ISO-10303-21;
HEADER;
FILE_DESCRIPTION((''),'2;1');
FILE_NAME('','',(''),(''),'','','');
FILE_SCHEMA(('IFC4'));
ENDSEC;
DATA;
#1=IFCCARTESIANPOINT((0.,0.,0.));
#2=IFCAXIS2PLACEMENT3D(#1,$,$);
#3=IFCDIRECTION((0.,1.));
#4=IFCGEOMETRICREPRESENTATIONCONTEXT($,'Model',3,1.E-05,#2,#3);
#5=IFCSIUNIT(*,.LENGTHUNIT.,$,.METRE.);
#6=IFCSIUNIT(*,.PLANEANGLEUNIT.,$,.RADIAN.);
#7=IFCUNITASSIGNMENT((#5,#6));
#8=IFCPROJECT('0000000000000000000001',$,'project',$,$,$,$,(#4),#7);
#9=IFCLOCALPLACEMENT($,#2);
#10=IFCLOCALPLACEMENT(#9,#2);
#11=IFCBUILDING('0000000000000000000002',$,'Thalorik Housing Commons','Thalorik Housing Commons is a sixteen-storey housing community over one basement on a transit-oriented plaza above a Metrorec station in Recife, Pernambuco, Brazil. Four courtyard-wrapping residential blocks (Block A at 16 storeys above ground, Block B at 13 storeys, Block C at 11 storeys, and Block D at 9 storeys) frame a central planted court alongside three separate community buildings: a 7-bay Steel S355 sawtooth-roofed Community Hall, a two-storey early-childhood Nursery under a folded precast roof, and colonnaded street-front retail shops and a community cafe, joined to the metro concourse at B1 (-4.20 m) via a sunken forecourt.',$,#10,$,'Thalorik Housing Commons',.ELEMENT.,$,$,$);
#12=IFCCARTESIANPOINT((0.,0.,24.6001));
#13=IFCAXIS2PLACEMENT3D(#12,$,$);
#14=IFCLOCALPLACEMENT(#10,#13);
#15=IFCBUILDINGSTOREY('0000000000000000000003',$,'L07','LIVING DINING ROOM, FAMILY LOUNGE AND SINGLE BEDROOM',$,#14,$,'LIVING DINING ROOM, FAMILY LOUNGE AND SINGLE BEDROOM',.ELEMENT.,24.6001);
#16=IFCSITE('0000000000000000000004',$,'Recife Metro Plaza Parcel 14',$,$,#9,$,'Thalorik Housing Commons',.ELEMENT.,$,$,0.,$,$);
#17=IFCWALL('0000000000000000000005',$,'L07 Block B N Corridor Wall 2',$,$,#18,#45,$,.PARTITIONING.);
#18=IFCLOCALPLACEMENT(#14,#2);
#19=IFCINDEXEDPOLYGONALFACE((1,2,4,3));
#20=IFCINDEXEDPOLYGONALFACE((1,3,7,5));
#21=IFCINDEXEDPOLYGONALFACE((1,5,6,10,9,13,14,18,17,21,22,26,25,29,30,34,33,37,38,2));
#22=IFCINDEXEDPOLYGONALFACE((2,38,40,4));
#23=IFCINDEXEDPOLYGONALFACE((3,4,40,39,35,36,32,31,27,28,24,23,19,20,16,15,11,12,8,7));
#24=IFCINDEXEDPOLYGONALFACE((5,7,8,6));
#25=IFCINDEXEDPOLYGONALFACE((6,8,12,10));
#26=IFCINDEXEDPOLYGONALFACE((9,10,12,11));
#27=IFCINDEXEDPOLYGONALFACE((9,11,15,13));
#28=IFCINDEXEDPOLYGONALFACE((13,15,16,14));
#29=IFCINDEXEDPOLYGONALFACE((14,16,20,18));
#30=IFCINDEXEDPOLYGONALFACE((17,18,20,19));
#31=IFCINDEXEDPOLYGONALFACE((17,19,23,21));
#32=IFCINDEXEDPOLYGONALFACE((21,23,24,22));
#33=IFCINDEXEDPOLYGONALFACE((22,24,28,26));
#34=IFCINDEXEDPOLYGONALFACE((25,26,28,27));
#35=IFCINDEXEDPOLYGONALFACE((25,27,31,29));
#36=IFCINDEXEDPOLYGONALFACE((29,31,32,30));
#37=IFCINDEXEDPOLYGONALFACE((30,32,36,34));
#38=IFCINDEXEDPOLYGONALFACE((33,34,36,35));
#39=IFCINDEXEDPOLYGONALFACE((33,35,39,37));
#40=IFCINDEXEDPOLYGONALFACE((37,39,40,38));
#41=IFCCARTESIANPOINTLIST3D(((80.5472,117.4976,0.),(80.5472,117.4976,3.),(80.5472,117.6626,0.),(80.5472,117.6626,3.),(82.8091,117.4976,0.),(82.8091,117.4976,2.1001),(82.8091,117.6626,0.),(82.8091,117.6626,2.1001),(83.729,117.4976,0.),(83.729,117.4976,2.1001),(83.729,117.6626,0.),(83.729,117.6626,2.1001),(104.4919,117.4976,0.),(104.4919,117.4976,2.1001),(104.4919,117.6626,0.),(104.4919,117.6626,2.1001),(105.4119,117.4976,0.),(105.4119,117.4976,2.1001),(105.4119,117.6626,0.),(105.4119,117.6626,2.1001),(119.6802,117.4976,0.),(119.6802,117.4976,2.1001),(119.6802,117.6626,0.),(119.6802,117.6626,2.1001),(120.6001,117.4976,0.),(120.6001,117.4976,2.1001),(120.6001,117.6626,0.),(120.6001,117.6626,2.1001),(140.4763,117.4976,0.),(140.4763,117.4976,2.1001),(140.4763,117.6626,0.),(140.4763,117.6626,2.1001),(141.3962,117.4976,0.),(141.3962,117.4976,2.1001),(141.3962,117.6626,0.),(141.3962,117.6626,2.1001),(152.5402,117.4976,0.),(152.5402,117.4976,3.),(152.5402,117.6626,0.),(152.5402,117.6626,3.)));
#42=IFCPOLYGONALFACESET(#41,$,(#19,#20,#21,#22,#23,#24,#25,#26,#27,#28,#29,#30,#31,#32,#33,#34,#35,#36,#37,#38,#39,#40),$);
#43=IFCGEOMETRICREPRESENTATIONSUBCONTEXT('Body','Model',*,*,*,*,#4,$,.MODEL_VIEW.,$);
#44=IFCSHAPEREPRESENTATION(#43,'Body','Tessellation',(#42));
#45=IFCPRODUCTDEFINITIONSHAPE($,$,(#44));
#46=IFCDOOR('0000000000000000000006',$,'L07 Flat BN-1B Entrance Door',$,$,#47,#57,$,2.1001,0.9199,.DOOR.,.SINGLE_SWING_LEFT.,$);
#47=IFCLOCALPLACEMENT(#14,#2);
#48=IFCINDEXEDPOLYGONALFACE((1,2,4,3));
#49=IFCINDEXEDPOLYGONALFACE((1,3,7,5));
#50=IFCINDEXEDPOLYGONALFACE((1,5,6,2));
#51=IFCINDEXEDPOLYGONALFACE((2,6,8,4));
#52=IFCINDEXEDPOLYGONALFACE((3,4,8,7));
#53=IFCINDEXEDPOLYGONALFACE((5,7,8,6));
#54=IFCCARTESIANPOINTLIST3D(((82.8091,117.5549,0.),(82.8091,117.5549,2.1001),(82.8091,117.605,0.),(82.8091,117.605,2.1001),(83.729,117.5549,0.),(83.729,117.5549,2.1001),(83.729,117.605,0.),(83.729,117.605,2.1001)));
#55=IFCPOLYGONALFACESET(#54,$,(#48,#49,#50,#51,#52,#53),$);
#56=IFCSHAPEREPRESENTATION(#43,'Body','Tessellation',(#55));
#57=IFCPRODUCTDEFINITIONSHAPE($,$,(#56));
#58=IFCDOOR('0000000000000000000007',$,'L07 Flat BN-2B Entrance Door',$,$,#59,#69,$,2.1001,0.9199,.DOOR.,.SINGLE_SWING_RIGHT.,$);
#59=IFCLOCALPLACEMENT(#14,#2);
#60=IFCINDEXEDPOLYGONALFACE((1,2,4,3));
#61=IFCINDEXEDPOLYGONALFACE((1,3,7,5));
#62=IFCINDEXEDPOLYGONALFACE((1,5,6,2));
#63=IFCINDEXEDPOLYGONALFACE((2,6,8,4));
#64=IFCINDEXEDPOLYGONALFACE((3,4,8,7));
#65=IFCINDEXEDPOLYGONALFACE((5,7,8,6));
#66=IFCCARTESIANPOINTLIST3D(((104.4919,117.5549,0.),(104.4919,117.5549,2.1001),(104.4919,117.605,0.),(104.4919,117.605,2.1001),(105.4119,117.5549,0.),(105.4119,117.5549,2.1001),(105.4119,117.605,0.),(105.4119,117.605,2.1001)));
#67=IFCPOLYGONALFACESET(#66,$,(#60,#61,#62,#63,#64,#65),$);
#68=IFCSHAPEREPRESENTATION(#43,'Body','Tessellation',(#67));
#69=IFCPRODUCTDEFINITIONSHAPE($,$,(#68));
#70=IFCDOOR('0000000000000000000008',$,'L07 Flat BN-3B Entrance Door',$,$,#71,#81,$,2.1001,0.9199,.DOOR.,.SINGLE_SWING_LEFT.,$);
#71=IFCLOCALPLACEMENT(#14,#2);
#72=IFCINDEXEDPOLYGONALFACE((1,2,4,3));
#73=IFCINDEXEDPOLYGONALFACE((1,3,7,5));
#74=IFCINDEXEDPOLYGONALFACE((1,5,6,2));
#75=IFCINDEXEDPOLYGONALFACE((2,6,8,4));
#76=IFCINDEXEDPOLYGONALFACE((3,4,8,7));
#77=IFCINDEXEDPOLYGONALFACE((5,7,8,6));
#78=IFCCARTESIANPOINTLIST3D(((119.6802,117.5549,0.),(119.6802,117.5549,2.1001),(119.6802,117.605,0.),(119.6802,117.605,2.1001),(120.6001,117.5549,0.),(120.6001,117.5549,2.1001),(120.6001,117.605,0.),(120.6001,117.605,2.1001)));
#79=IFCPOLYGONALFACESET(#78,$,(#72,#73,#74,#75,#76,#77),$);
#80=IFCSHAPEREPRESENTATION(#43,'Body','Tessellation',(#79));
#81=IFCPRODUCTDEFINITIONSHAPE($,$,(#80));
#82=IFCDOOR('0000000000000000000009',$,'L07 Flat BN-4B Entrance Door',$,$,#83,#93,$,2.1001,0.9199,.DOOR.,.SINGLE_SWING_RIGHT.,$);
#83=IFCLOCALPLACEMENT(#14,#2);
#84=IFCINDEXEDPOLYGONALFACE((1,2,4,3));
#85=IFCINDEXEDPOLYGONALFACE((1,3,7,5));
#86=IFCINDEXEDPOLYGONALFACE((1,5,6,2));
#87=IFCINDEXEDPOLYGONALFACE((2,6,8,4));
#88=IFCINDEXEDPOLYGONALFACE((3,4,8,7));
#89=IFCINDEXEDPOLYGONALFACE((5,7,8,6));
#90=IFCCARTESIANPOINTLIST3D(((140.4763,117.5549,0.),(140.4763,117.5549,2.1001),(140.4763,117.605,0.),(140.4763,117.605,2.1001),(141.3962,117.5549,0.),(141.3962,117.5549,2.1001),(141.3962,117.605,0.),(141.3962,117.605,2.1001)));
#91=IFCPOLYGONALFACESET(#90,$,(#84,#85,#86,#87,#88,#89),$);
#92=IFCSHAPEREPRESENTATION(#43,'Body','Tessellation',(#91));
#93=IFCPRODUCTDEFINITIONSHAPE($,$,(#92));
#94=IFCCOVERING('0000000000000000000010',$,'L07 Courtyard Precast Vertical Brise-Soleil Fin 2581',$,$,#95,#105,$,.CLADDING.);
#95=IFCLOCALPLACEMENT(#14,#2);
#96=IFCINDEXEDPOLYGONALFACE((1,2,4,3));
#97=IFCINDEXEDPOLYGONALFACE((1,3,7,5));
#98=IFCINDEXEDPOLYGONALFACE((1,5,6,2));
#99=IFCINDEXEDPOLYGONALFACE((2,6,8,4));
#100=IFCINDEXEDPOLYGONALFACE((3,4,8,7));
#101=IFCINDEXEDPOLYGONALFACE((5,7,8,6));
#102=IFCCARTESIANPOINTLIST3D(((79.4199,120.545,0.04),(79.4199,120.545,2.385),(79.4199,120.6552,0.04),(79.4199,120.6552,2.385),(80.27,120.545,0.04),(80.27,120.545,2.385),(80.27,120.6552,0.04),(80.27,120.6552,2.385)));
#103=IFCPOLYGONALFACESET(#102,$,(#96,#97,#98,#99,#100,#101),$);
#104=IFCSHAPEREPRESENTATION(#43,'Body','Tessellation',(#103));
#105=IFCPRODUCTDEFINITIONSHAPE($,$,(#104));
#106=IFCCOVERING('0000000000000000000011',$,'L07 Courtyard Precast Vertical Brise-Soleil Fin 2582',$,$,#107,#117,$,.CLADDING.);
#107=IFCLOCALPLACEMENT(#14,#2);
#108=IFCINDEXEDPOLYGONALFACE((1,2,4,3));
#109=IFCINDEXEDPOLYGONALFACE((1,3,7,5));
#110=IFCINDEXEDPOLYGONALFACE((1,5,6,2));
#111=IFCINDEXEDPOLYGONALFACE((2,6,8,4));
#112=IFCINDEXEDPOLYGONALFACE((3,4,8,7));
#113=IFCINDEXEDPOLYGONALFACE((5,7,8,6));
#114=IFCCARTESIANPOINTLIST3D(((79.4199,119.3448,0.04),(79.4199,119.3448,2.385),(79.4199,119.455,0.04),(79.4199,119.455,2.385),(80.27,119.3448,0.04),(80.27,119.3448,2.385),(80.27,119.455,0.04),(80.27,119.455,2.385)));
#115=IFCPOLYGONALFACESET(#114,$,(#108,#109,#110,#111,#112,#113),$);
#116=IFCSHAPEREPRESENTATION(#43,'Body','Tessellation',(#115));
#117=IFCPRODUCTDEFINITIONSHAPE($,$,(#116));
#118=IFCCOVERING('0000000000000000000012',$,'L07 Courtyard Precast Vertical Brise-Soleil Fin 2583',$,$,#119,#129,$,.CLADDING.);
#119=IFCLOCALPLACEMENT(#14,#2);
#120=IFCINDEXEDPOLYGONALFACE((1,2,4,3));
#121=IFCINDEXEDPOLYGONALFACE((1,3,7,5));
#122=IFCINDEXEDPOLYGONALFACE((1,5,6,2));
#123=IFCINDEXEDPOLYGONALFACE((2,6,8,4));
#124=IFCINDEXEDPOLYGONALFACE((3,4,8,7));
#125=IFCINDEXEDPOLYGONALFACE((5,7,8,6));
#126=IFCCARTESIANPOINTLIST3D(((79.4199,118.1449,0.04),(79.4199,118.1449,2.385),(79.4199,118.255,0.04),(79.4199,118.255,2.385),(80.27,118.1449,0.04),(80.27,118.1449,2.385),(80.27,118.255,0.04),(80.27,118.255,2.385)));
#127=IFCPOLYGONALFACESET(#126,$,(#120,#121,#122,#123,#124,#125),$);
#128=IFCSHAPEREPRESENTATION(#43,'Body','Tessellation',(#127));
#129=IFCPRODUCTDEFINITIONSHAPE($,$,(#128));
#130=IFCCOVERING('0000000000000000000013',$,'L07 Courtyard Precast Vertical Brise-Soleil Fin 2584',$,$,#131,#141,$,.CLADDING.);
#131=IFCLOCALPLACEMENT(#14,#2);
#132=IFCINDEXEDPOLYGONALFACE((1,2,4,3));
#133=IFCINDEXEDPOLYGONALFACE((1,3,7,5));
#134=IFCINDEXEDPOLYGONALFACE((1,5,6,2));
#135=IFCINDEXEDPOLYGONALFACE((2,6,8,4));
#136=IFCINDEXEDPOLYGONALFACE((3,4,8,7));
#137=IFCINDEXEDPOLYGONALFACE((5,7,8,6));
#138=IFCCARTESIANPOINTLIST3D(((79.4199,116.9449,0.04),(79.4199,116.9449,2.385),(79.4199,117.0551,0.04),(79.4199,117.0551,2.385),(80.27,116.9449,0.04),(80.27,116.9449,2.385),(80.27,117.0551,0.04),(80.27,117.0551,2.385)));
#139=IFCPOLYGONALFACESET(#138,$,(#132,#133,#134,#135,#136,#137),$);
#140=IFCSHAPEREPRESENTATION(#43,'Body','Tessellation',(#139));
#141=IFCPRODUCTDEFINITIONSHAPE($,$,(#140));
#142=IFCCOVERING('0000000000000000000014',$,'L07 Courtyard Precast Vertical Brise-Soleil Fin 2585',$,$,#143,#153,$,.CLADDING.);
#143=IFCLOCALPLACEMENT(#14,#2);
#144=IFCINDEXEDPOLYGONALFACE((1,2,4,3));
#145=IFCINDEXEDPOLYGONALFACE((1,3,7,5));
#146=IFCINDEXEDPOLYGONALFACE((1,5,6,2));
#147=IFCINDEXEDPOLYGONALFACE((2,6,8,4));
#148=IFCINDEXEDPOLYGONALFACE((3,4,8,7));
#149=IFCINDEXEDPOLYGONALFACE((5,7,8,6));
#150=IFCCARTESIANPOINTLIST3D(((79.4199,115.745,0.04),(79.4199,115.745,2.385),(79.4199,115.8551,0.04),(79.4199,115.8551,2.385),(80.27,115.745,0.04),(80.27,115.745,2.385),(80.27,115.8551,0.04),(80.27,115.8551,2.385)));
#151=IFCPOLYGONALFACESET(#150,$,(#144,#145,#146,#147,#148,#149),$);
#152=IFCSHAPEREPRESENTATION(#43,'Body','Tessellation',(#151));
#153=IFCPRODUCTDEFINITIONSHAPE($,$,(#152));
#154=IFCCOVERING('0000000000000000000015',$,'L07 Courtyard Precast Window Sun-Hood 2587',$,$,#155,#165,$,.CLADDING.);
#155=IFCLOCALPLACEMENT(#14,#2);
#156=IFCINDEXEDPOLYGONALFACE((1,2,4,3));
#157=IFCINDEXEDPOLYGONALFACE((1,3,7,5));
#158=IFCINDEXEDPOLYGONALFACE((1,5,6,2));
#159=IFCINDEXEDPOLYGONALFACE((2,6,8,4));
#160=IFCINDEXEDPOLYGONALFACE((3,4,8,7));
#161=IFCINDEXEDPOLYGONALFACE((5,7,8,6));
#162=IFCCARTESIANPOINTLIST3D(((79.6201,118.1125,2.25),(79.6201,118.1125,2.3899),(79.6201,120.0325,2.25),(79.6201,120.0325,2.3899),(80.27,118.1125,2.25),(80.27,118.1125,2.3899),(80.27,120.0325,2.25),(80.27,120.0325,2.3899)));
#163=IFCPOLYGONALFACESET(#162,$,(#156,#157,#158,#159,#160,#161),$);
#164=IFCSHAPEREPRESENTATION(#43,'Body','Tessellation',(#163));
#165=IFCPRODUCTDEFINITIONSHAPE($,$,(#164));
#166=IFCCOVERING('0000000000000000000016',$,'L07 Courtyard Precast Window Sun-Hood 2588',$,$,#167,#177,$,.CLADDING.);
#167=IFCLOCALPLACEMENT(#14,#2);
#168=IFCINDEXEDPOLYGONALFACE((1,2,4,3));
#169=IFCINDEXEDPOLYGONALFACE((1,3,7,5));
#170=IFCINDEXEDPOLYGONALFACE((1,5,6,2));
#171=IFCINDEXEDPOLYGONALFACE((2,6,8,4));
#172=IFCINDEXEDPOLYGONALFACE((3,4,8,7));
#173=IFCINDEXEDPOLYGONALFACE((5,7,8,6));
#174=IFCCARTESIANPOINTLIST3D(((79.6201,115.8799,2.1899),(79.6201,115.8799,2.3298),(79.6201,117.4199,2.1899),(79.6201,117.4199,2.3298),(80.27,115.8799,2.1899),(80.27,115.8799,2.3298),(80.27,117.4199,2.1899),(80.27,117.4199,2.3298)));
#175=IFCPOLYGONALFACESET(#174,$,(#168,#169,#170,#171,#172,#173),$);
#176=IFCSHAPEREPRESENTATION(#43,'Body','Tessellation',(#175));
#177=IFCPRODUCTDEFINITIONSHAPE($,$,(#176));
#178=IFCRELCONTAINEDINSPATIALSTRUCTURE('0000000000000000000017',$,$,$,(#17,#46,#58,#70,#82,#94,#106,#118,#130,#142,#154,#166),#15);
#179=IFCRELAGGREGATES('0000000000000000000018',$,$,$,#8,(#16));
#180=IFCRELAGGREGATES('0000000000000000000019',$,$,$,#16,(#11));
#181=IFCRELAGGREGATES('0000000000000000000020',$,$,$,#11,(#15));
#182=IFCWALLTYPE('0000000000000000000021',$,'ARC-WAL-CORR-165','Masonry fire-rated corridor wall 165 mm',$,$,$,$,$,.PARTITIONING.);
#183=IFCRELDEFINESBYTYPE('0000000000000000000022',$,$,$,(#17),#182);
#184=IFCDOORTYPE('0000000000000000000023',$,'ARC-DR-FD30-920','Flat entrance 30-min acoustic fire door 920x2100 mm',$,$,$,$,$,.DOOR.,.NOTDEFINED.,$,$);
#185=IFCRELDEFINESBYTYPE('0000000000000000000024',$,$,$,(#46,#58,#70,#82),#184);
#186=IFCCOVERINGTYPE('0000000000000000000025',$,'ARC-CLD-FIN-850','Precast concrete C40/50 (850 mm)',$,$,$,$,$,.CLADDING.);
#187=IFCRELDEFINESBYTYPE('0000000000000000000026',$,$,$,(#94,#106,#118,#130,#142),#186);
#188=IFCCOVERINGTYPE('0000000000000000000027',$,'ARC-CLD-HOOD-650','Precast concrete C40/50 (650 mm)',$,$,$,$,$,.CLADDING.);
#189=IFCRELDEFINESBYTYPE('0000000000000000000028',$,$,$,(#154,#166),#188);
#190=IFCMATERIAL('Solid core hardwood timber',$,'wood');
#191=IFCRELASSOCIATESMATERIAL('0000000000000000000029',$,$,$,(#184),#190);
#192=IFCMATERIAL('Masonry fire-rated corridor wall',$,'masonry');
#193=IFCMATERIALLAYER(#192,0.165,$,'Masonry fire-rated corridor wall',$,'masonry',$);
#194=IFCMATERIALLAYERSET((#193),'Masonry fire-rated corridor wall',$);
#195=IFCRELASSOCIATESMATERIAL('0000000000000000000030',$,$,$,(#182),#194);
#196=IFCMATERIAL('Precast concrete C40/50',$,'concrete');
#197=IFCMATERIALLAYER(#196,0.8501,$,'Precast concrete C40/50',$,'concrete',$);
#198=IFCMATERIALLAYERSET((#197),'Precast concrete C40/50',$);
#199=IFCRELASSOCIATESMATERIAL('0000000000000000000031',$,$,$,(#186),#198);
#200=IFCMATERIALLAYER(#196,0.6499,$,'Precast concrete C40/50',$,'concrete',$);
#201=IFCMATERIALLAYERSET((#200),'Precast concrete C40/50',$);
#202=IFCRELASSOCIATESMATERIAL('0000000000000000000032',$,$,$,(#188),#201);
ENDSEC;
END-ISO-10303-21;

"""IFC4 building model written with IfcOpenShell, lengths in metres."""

from ifc_helpers import new_model, si_unit, direction, frame, frame_2d, origin, origin_2d, place, context, subcontext, project, spatial, rectangle, extrude, material, layer, layer_set, type_object, element, fill, save


model = new_model("IFC4")

# Units and contexts
model_context = context("Model", 3, precision=1e-05, world=origin(), true_north=direction((0.0, 1.0)))
body_context = subcontext(model_context, "Body", "Model", "MODEL_VIEW")
ifc_project = project(units=[si_unit("LENGTHUNIT", "METRE"), si_unit("PLANEANGLEUNIT", "RADIAN")], contexts=[model_context])

# Site, building, storey
site_placement = place(None, origin())
site = spatial("IfcSite", under=ifc_project, at=site_placement, Name="Recife Metro Plaza Parcel 14", LongName="Thalorik Housing Commons", CompositionType="ELEMENT", RefElevation=0.0)
building_placement = place(site_placement, origin())
building = spatial("IfcBuilding", under=site, at=building_placement, Name="Thalorik Housing Commons", Description="Thalorik Housing Commons is a sixteen-storey housing community over one basement on a transit-oriented plaza above a Metrorec station in Recife, Pernambuco, Brazil. Four courtyard-wrapping residential blocks (Block A at 16 storeys above ground, Block B at 13 storeys, Block C at 11 storeys, and Block D at 9 storeys) frame a central planted court alongside three separate community buildings: a 7-bay Steel S355 sawtooth-roofed Community Hall, a two-storey early-childhood Nursery under a folded precast roof, and colonnaded street-front retail shops and a community cafe, joined to the metro concourse at B1 (-4.20 m) via a sunken forecourt.", LongName="Thalorik Housing Commons", CompositionType="ELEMENT")
storey_placement = place(building_placement, frame((0.0, 0.0, 24.6001)))
storey = spatial("IfcBuildingStorey", under=building, at=storey_placement, Name="L07", Description="LIVING DINING ROOM, FAMILY LOUNGE AND SINGLE BEDROOM", LongName="LIVING DINING ROOM, FAMILY LOUNGE AND SINGLE BEDROOM", CompositionType="ELEMENT", Elevation=24.6001)

# Shared definitions
ifc_material_1 = material(Name="Precast concrete C40/50", Category="concrete")

# Wall, openings, doors
ifc_material_2 = material(Name="Masonry fire-rated corridor wall", Category="masonry")
ifc_material_3 = material(Name="Solid core hardwood timber", Category="wood")
door_type_1 = type_object("IfcDoorType", Name="ARC-DR-FD30-920", Description="Flat entrance 30-min acoustic fire door 920x2100 mm", OperationType="NOTDEFINED", PredefinedType="DOOR", material=ifc_material_3)
ifc_layer_1 = layer(ifc_material_2, 0.165, Name="Masonry fire-rated corridor wall", Category="masonry")
ifc_layer_set_1 = layer_set([ifc_layer_1], Name="Masonry fire-rated corridor wall")
wall_type_1 = type_object("IfcWallType", Name="ARC-WAL-CORR-165", Description="Masonry fire-rated corridor wall 165 mm", PredefinedType="PARTITIONING", material=ifc_layer_set_1)
wall_1_placement = place(storey_placement, frame((80.5471, 117.5801, 0.0), z_axis=(0.0, 0.0, 1.0), x_axis=(1.0, 0.0, 0.0)))
wall_1 = element("IfcWall", 1, at=wall_1_placement, inside=storey, type_object=wall_type_1, Name="L07 Block B N Corridor Wall 2", PredefinedType="PARTITIONING", context=body_context, shape_type="SweptSolid", body=[
    extrude(rectangle(XDim=71.9929, YDim=0.165, at=frame_2d((35.9966, 0.0))), origin(), (0.0, 0.0, 1.0), 3.0),
])
opening_1_placement = place(wall_1_placement, frame((2.262, 0.0, 0.0)))
opening_1 = element("IfcOpeningElement", 2, at=opening_1_placement, cuts=wall_1, PredefinedType="OPENING", context=body_context, shape_type="SweptSolid", body=[
    extrude(rectangle(XDim=0.9199, YDim=2.1001, at=frame_2d((0.46, 1.05))), frame((0.0, 0.0925, 0.0), z_axis=(0.0, -1.0, 0.0), x_axis=(1.0, 0.0, 0.0)), (0.0, 0.0, 1.0), 0.1851),
])
opening_2_placement = place(wall_1_placement, frame((23.9448, 0.0, 0.0)))
opening_2 = element("IfcOpeningElement", 3, at=opening_2_placement, cuts=wall_1, PredefinedType="OPENING", context=body_context, shape_type="SweptSolid", body=[
    extrude(rectangle(XDim=0.9199, YDim=2.1001, at=frame_2d((0.46, 1.05))), frame((0.0, 0.0925, 0.0), z_axis=(0.0, -1.0, 0.0), x_axis=(1.0, 0.0, 0.0)), (0.0, 0.0, 1.0), 0.1851),
])
opening_3_placement = place(wall_1_placement, frame((39.1331, 0.0, 0.0)))
opening_3 = element("IfcOpeningElement", 4, at=opening_3_placement, cuts=wall_1, PredefinedType="OPENING", context=body_context, shape_type="SweptSolid", body=[
    extrude(rectangle(XDim=0.9199, YDim=2.1001, at=frame_2d((0.46, 1.05))), frame((0.0, 0.0925, 0.0), z_axis=(0.0, -1.0, 0.0), x_axis=(1.0, 0.0, 0.0)), (0.0, 0.0, 1.0), 0.1851),
])
opening_4_placement = place(wall_1_placement, frame((59.9292, 0.0, 0.0)))
opening_4 = element("IfcOpeningElement", 5, at=opening_4_placement, cuts=wall_1, PredefinedType="OPENING", context=body_context, shape_type="SweptSolid", body=[
    extrude(rectangle(XDim=0.9199, YDim=2.1001, at=frame_2d((0.46, 1.05))), frame((0.0, 0.0925, 0.0), z_axis=(0.0, -1.0, 0.0), x_axis=(1.0, 0.0, 0.0)), (0.0, 0.0, 1.0), 0.1851),
])
door_1_placement = place(opening_1_placement, origin())
door_1 = element("IfcDoor", 6, at=door_1_placement, inside=storey, type_object=door_type_1, Name="L07 Flat BN-1B Entrance Door", OperationType="SINGLE_SWING_LEFT", OverallHeight=2.1001, OverallWidth=0.9199, PredefinedType="DOOR", context=body_context, shape_type="SweptSolid", body=[
    extrude(rectangle(XDim=0.9199, YDim=2.1001, at=frame_2d((0.46, 1.05))), frame((0.0, 0.0249, 0.0), z_axis=(0.0, -1.0, 0.0), x_axis=(1.0, 0.0, 0.0)), (0.0, 0.0, 1.0), 0.05),
])
fill(opening_1, door_1)
door_2_placement = place(opening_2_placement, origin())
door_2 = element("IfcDoor", 7, at=door_2_placement, inside=storey, type_object=door_type_1, Name="L07 Flat BN-2B Entrance Door", OperationType="SINGLE_SWING_RIGHT", OverallHeight=2.1001, OverallWidth=0.9199, PredefinedType="DOOR", context=body_context, shape_type="SweptSolid", body=[
    extrude(rectangle(XDim=0.9199, YDim=2.1001, at=frame_2d((0.46, 1.05))), frame((0.0, 0.0249, 0.0), z_axis=(0.0, -1.0, 0.0), x_axis=(1.0, 0.0, 0.0)), (0.0, 0.0, 1.0), 0.05),
])
fill(opening_2, door_2)
door_3_placement = place(opening_3_placement, origin())
door_3 = element("IfcDoor", 8, at=door_3_placement, inside=storey, type_object=door_type_1, Name="L07 Flat BN-3B Entrance Door", OperationType="SINGLE_SWING_LEFT", OverallHeight=2.1001, OverallWidth=0.9199, PredefinedType="DOOR", context=body_context, shape_type="SweptSolid", body=[
    extrude(rectangle(XDim=0.9199, YDim=2.1001, at=frame_2d((0.46, 1.05))), frame((0.0, 0.0249, 0.0), z_axis=(0.0, -1.0, 0.0), x_axis=(1.0, 0.0, 0.0)), (0.0, 0.0, 1.0), 0.05),
])
fill(opening_3, door_3)
door_4_placement = place(opening_4_placement, origin())
door_4 = element("IfcDoor", 9, at=door_4_placement, inside=storey, type_object=door_type_1, Name="L07 Flat BN-4B Entrance Door", OperationType="SINGLE_SWING_RIGHT", OverallHeight=2.1001, OverallWidth=0.9199, PredefinedType="DOOR", context=body_context, shape_type="SweptSolid", body=[
    extrude(rectangle(XDim=0.9199, YDim=2.1001, at=frame_2d((0.46, 1.05))), frame((0.0, 0.0249, 0.0), z_axis=(0.0, -1.0, 0.0), x_axis=(1.0, 0.0, 0.0)), (0.0, 0.0, 1.0), 0.05),
])
fill(opening_4, door_4)

# Coverings
ifc_layer_2 = layer(ifc_material_1, 0.8501, Name="Precast concrete C40/50", Category="concrete")
ifc_layer_set_2 = layer_set([ifc_layer_2], Name="Precast concrete C40/50")
covering_type_1 = type_object("IfcCoveringType", Name="ARC-CLD-FIN-850", Description="Precast concrete C40/50 (850 mm)", PredefinedType="CLADDING", material=ifc_layer_set_2)
for number, where, z_axis, x_axis, name in (
    (10, (79.845, 120.6001, 0.04), (0.0, 0.0, 1.0), (0.0, -1.0, 0.0), "L07 Courtyard Precast Vertical Brise-Soleil Fin 2581"),
    (11, (79.845, 119.3999, 0.04), (0.0, 0.0, 1.0), (0.0, -1.0, 0.0), "L07 Courtyard Precast Vertical Brise-Soleil Fin 2582"),
    (12, (79.845, 118.2, 0.04), (0.0, 0.0, 1.0), (0.0, -1.0, 0.0), "L07 Courtyard Precast Vertical Brise-Soleil Fin 2583"),
    (13, (79.845, 117.0, 0.04), (0.0, 0.0, 1.0), (0.0, -1.0, 0.0), "L07 Courtyard Precast Vertical Brise-Soleil Fin 2584"),
    (14, (79.845, 115.8, 0.04), (0.0, 0.0, 1.0), (0.0, -1.0, 0.0), "L07 Courtyard Precast Vertical Brise-Soleil Fin 2585"),
):
    element("IfcCovering", number, at=place(storey_placement, frame(where, z_axis=z_axis, x_axis=x_axis)), inside=storey, type_object=covering_type_1, Name=name, PredefinedType="CLADDING", context=body_context, shape_type="SweptSolid", body=[
        extrude(rectangle(XDim=0.1101, YDim=0.8501, at=origin_2d()), origin(), (0.0, 0.0, 1.0), 2.345),
    ])
ifc_layer_3 = layer(ifc_material_1, 0.6499, Name="Precast concrete C40/50", Category="concrete")
ifc_layer_set_3 = layer_set([ifc_layer_3], Name="Precast concrete C40/50")
covering_type_2 = type_object("IfcCoveringType", Name="ARC-CLD-HOOD-650", Description="Precast concrete C40/50 (650 mm)", PredefinedType="CLADDING", material=ifc_layer_set_3)
covering_1_placement = place(storey_placement, frame((79.9451, 119.0725, 2.25), z_axis=(0.0, 0.0, 1.0), x_axis=(0.0, -1.0, 0.0)))
element("IfcCovering", 15, at=covering_1_placement, inside=storey, type_object=covering_type_2, Name="L07 Courtyard Precast Window Sun-Hood 2587", PredefinedType="CLADDING", context=body_context, shape_type="SweptSolid", body=[
    extrude(rectangle(XDim=1.9199, YDim=0.6499, at=origin_2d()), origin(), (0.0, 0.0, 1.0), 0.1399),
])
covering_2_placement = place(storey_placement, frame((79.9451, 116.6499, 2.1899), z_axis=(0.0, 0.0, 1.0), x_axis=(0.0, -1.0, 0.0)))
element("IfcCovering", 16, at=covering_2_placement, inside=storey, type_object=covering_type_2, Name="L07 Courtyard Precast Window Sun-Hood 2588", PredefinedType="CLADDING", context=body_context, shape_type="SweptSolid", body=[
    extrude(rectangle(XDim=1.54, YDim=0.6499, at=origin_2d()), origin(), (0.0, 0.0, 1.0), 0.1399),
])

save(model, "model.ifc")
